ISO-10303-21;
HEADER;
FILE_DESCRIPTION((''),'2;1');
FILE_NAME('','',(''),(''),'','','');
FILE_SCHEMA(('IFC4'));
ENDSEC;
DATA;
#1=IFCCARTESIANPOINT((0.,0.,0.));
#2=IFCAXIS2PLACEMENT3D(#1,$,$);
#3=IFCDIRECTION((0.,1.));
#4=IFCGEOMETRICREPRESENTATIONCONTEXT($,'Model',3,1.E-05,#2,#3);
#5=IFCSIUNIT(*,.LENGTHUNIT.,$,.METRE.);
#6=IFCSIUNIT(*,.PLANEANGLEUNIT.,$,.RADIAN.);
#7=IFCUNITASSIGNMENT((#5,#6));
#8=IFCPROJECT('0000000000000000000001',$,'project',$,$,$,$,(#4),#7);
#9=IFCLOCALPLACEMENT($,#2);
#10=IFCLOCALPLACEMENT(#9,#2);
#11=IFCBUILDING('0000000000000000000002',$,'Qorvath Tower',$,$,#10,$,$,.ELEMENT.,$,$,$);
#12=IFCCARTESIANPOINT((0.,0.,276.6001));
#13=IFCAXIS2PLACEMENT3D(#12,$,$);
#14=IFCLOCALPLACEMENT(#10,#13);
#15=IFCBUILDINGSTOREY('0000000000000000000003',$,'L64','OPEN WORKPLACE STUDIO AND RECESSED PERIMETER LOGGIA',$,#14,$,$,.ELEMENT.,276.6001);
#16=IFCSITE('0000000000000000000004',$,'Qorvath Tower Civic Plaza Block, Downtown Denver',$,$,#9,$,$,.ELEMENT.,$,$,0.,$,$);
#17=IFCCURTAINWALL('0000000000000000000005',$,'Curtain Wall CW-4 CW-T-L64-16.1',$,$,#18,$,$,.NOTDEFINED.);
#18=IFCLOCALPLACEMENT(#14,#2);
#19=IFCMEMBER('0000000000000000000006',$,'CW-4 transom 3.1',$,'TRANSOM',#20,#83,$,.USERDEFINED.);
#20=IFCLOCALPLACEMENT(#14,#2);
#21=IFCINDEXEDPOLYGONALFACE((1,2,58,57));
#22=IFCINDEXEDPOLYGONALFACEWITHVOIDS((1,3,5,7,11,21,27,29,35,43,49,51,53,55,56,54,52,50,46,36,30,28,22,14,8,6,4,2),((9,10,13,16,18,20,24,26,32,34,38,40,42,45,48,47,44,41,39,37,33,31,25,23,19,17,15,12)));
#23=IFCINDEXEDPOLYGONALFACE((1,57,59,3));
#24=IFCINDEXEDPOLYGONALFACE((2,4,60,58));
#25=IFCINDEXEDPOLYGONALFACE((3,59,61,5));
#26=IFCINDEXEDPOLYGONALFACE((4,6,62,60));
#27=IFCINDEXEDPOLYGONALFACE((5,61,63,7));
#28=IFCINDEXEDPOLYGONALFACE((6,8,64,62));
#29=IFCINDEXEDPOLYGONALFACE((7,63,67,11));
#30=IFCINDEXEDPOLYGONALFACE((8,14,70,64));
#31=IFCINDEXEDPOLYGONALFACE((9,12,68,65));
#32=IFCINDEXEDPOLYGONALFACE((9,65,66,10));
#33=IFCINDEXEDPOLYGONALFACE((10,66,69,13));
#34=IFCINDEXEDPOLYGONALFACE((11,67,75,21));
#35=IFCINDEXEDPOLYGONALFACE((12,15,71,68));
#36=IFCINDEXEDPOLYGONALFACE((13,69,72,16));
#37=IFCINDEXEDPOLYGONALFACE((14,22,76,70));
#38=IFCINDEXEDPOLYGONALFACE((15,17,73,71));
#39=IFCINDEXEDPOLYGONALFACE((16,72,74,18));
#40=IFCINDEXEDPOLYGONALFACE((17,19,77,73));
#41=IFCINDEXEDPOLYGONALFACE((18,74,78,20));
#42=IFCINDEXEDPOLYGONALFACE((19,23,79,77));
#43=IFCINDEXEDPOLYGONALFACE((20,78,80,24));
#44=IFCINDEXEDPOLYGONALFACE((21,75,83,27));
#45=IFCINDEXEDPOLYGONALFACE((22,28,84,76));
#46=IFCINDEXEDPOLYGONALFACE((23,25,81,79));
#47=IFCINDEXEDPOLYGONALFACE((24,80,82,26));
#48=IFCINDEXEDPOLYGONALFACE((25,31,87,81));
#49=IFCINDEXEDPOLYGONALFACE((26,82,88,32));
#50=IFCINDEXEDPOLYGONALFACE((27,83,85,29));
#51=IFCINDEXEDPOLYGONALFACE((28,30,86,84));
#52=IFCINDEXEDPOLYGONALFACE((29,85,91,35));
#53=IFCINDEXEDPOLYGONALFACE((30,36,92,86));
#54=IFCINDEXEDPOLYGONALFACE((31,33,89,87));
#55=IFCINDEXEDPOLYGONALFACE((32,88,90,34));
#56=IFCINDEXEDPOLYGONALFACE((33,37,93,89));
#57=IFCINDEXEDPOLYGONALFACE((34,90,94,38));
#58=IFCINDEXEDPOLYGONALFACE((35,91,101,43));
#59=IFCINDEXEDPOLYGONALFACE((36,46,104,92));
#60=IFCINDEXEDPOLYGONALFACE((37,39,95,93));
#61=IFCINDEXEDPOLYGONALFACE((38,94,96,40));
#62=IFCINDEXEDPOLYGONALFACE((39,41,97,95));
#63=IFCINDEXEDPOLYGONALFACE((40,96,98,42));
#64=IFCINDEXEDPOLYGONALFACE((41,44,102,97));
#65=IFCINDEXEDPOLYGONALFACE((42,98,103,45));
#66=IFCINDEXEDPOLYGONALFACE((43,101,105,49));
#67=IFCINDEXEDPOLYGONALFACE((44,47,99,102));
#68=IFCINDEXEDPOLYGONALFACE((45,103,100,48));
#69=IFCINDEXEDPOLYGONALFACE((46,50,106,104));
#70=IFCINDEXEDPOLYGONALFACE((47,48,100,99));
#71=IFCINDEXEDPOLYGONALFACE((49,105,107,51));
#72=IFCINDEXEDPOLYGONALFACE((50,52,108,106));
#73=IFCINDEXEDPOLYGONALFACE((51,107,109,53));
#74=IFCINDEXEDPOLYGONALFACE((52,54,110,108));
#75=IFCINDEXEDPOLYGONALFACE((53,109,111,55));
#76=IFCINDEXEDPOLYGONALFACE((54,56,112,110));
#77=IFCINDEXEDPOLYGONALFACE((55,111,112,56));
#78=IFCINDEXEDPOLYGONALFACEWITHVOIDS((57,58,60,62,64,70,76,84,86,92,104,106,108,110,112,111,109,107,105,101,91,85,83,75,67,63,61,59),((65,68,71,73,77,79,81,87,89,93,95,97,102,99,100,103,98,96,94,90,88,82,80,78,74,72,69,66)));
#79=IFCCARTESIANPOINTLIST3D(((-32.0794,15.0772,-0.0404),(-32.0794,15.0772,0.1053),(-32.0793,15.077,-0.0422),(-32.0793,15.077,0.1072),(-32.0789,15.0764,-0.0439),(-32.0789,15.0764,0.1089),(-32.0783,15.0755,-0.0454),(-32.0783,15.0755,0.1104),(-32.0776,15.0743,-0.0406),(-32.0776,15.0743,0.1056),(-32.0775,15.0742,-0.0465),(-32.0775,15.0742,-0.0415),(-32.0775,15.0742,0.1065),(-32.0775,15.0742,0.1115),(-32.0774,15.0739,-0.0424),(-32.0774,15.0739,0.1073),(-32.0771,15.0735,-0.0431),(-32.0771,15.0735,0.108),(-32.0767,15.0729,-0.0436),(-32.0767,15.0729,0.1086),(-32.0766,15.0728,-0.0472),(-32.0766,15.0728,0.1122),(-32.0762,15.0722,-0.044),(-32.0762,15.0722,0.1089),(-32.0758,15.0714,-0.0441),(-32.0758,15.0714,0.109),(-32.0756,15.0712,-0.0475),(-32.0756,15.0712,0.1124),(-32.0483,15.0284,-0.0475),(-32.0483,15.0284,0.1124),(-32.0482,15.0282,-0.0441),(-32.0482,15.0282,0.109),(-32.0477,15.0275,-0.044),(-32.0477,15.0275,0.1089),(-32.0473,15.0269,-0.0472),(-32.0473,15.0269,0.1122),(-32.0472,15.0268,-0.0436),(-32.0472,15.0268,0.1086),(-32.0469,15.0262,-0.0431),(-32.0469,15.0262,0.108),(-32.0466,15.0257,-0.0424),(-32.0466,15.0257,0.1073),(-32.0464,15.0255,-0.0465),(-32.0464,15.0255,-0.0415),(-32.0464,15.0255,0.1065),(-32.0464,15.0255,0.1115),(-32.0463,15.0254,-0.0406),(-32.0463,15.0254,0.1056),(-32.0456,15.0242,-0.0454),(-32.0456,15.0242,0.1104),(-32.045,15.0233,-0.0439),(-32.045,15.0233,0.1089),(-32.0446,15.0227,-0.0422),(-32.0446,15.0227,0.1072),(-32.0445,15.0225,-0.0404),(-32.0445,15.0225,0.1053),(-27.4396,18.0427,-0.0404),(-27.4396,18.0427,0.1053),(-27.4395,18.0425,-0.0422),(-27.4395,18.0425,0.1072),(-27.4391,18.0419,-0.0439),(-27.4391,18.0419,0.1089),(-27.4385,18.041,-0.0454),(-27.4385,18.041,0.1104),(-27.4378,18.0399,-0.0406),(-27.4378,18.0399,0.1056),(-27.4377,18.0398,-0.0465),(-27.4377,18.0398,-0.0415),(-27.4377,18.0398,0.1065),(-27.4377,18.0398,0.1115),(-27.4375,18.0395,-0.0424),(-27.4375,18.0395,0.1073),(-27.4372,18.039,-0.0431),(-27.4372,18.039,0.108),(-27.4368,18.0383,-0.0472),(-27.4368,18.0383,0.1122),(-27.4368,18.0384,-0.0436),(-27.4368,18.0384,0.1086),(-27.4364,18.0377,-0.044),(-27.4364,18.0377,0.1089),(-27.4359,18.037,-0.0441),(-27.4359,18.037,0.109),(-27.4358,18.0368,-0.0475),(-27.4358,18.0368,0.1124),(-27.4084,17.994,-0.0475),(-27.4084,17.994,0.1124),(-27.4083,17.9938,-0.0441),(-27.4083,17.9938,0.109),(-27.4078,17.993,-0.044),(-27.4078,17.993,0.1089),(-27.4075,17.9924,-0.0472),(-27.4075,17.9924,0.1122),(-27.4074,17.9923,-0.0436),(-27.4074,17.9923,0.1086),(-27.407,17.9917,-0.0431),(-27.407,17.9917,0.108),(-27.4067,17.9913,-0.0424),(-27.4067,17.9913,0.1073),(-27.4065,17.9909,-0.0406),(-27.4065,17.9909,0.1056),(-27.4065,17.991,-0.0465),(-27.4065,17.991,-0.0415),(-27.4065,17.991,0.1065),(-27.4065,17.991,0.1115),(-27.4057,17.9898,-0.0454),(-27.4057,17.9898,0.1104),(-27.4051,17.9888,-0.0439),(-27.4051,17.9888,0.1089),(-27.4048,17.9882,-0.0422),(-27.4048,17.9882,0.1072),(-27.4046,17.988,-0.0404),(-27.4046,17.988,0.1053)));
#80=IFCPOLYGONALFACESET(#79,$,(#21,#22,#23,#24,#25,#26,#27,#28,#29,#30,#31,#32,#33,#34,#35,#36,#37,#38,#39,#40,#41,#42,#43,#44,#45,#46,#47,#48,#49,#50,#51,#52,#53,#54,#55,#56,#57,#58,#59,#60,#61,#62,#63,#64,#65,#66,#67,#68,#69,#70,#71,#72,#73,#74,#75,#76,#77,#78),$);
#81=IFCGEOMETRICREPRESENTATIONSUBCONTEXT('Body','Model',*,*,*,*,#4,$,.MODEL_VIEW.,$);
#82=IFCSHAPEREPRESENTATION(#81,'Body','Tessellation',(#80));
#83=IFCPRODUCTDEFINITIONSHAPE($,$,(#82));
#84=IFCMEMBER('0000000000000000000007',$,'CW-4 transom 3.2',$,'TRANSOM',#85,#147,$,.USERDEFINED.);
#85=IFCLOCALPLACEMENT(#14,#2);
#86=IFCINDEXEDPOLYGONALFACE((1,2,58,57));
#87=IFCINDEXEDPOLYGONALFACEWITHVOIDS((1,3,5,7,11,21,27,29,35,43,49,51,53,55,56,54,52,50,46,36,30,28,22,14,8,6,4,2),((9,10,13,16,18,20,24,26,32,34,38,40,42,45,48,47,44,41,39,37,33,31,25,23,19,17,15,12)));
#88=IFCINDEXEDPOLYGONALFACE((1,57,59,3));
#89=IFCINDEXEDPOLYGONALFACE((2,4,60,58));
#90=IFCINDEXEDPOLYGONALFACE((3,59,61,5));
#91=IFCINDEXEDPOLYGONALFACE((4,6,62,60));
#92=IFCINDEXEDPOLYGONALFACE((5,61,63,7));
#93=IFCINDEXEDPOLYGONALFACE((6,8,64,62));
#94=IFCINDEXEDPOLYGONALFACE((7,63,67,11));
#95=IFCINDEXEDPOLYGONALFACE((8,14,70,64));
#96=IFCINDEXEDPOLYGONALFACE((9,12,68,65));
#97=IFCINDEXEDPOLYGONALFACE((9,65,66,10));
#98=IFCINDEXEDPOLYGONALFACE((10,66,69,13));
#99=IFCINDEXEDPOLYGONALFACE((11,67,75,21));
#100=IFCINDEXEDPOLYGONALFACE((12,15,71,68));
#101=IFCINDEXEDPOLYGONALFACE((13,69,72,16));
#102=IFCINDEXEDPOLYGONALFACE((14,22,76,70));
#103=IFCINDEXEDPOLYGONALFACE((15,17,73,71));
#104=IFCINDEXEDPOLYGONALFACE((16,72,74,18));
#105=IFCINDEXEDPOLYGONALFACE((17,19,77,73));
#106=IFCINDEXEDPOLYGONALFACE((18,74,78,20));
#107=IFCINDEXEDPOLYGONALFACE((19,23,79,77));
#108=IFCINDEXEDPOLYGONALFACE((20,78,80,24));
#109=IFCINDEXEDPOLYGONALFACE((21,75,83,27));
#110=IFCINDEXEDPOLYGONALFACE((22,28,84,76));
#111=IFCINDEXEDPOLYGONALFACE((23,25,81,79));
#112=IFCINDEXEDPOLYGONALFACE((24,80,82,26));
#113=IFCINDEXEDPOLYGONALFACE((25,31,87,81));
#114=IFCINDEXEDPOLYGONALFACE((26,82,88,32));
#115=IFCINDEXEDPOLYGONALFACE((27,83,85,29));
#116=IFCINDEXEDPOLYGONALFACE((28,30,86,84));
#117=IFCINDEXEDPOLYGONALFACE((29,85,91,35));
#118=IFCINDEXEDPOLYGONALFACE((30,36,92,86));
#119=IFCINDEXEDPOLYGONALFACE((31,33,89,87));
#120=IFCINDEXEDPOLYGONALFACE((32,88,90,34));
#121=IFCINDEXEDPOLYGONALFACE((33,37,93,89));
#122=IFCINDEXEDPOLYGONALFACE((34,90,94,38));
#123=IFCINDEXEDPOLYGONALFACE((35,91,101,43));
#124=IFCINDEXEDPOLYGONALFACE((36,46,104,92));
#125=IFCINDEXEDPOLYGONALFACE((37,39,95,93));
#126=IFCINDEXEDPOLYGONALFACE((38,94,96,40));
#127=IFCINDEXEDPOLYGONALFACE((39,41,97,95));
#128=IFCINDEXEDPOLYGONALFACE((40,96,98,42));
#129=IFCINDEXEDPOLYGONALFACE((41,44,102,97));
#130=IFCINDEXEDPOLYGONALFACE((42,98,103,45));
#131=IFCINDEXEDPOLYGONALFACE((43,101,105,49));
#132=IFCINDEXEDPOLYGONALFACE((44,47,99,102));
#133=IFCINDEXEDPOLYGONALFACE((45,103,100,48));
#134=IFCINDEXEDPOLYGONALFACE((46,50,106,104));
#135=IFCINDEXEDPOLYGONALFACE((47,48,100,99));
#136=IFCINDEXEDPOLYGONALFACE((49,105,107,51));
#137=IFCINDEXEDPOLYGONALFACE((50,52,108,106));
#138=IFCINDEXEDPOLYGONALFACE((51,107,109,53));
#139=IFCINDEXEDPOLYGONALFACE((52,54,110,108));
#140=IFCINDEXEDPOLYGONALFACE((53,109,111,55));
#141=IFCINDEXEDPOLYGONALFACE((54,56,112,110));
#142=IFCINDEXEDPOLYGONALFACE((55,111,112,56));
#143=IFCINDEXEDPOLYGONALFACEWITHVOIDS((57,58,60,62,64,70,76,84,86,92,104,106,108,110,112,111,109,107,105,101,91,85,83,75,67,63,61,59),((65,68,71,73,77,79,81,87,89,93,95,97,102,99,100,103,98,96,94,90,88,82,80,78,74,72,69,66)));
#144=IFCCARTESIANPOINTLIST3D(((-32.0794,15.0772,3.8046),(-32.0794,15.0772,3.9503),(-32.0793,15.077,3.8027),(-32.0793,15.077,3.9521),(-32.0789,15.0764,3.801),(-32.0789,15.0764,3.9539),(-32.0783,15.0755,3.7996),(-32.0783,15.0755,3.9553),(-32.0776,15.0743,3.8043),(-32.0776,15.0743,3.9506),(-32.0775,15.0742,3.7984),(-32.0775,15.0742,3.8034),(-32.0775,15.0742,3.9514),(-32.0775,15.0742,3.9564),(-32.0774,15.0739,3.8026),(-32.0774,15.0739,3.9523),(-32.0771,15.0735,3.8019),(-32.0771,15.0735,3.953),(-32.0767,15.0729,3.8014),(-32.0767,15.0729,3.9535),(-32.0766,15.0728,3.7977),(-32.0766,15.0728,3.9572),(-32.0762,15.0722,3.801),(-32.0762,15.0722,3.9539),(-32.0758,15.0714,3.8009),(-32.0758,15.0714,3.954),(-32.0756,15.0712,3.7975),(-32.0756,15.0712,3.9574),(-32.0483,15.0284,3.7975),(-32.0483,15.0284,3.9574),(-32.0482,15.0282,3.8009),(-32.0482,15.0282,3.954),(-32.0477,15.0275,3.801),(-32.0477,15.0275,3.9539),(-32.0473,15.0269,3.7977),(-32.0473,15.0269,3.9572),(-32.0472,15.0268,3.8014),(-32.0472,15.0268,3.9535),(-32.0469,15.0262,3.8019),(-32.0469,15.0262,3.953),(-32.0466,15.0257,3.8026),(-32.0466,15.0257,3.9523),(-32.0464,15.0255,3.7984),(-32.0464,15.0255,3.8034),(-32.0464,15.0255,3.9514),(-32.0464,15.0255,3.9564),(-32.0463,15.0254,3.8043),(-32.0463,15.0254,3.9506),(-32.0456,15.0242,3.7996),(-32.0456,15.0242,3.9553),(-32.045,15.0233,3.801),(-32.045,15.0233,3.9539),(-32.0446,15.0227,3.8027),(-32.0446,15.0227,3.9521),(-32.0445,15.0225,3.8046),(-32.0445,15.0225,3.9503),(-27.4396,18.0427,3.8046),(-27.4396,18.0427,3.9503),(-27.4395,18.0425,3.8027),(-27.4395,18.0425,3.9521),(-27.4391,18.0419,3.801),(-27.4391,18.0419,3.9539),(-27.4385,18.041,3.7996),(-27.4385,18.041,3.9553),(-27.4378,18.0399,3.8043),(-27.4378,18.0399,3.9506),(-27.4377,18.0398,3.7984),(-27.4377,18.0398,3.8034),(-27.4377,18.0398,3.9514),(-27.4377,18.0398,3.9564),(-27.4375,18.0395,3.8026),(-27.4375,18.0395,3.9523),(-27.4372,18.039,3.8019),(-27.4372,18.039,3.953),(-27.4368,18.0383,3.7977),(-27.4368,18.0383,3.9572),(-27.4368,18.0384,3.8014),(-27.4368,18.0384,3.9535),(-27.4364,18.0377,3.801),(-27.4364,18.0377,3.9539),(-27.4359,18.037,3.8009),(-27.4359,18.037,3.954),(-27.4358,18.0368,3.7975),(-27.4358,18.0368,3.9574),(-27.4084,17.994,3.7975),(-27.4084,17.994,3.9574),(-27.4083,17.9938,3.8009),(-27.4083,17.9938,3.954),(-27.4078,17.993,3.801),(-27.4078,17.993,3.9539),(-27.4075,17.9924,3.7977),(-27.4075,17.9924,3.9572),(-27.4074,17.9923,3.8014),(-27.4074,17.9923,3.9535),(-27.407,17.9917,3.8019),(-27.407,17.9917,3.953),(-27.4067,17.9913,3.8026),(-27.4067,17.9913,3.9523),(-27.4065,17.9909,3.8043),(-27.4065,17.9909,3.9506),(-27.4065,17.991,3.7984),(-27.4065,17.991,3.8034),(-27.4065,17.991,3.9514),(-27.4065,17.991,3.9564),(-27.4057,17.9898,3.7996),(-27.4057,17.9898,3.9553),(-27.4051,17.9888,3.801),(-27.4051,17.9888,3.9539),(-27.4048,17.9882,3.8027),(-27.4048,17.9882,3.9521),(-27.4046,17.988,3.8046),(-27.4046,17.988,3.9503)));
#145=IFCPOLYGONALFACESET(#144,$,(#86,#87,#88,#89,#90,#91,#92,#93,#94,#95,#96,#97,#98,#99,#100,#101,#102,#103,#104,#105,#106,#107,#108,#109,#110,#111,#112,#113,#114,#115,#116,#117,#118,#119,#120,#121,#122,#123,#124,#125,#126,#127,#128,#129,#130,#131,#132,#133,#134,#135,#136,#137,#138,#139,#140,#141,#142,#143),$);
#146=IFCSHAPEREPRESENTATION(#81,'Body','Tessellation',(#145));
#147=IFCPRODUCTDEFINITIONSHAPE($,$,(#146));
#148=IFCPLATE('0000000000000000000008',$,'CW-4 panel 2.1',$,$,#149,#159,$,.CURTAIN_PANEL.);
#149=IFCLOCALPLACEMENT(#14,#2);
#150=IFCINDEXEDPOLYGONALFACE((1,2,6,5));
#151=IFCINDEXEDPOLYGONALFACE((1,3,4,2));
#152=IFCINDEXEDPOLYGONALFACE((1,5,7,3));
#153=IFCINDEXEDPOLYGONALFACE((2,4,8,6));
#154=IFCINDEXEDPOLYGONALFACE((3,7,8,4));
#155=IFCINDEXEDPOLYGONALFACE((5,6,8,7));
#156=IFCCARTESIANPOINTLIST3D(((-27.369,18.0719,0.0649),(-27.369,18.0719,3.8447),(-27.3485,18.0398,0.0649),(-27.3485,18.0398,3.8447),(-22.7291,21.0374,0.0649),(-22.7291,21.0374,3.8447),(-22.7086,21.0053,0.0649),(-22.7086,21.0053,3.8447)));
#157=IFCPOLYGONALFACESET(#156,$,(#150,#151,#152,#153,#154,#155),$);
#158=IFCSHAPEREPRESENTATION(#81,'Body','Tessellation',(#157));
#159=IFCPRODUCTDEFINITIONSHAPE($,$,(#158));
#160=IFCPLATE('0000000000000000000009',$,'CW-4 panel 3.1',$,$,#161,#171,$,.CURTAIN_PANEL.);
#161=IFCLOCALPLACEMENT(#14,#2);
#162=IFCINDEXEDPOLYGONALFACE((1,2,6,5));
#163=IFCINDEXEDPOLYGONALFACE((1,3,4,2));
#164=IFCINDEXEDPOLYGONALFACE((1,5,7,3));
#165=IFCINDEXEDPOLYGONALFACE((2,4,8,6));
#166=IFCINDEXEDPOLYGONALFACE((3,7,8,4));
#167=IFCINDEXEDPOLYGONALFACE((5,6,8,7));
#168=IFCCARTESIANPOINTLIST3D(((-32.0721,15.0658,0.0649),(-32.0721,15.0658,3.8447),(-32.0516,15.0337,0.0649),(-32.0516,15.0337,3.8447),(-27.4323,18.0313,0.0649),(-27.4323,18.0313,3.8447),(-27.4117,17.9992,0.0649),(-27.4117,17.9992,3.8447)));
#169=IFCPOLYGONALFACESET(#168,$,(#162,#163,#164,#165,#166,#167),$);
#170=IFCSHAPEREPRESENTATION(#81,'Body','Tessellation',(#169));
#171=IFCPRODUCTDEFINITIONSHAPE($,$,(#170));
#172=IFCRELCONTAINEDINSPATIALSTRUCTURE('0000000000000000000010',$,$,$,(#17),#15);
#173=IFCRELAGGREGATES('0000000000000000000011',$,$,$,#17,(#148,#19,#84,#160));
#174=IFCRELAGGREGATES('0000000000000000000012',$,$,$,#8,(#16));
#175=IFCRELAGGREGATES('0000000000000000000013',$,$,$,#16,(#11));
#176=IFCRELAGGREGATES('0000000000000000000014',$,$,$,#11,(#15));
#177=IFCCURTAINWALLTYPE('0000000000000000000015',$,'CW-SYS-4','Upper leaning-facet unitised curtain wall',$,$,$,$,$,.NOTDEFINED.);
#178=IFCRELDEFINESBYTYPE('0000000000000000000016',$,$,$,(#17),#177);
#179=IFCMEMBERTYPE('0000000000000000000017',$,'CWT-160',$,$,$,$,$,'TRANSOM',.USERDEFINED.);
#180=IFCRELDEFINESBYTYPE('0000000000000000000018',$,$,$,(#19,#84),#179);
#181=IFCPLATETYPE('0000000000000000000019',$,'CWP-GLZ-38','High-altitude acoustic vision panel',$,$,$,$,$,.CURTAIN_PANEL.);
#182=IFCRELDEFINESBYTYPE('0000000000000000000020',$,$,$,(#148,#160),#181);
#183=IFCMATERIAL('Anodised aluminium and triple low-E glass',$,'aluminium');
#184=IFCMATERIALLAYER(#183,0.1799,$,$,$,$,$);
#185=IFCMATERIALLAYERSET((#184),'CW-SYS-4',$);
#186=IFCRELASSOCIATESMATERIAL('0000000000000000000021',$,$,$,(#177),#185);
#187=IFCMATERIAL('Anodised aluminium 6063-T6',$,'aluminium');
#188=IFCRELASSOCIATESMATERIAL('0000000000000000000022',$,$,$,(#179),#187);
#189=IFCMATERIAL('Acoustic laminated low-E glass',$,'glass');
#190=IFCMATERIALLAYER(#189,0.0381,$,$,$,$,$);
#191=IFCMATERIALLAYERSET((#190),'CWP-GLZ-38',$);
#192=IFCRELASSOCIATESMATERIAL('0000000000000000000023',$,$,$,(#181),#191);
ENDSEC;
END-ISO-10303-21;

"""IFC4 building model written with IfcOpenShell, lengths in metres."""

from ifc_helpers import new_model, si_unit, direction, frame, origin, origin_2d, place, context, subcontext, project, spatial, rectangle, hollow_rectangle, extrude, material, layer, layer_set, material_profile, profile_set, type_object, element, aggregate, save


model = new_model("IFC4")

# Units and contexts
model_context = context("Model", 3, precision=1e-05, world=origin(), true_north=direction((0.0, 1.0)))
body_context = subcontext(model_context, "Body", "Model", "MODEL_VIEW")
ifc_project = project(units=[si_unit("LENGTHUNIT", "METRE"), si_unit("PLANEANGLEUNIT", "RADIAN")], contexts=[model_context])

# Site, building, storey
site_placement = place(None, origin())
site = spatial("IfcSite", under=ifc_project, at=site_placement, Name="Qorvath Tower Civic Plaza Block, Downtown Denver", CompositionType="ELEMENT", RefElevation=0.0)
building_placement = place(site_placement, origin())
building = spatial("IfcBuilding", under=site, at=building_placement, Name="Qorvath Tower", CompositionType="ELEMENT")
storey_placement = place(building_placement, frame((0.0, 0.0, 276.6001)))
storey = spatial("IfcBuildingStorey", under=building, at=storey_placement, Name="L64", Description="OPEN WORKPLACE STUDIO AND RECESSED PERIMETER LOGGIA", CompositionType="ELEMENT", Elevation=276.6001)

# Curtain wall, members, plates
ifc_material_1 = material(Name="Anodised aluminium and triple low-E glass", Category="aluminium")
ifc_layer_1 = layer(ifc_material_1, 0.1799)
ifc_layer_set_1 = layer_set([ifc_layer_1], Name="CW-SYS-4")
curtain_wall_type = type_object("IfcCurtainWallType", Name="CW-SYS-4", Description="Upper leaning-facet unitised curtain wall", PredefinedType="NOTDEFINED", material=ifc_layer_set_1)
curtain_wall_placement = place(storey_placement, origin())
curtain_wall = element("IfcCurtainWall", 1, at=curtain_wall_placement, inside=storey, type_object=curtain_wall_type, Name="Curtain Wall CW-4 CW-T-L64-16.1", PredefinedType="NOTDEFINED")
ifc_material_2 = material(Name="Anodised aluminium 6063-T6", Category="aluminium")
ifc_material_profile_1 = material_profile(ifc_material_2, hollow_rectangle(XDim=0.0649, YDim=0.1599, WallThickness=0.0034, InnerFilletRadius=0.0034, OuterFilletRadius=0.0071, at=origin_2d()), Name="CWT 160x65")
ifc_profile_set_1 = profile_set([ifc_material_profile_1], Name="Anodised aluminium 6063-T6")
member_type_1 = type_object("IfcMemberType", Name="CWT-160", ElementType="TRANSOM", PredefinedType="USERDEFINED", material=ifc_profile_set_1)
member_1_placement = place(storey_placement, frame((-27.4221, 18.0154, 0.0325), z_axis=(-0.842597, -0.538544, 0.0), x_axis=(0.538544, -0.842597, 0.0)))
member_1 = element("IfcMember", 2, at=member_1_placement, type_object=member_type_1, Name="CW-4 transom 3.1", ObjectType="TRANSOM", PredefinedType="USERDEFINED", context=body_context, shape_type="SweptSolid", body=[
    extrude(hollow_rectangle(XDim=0.0649, YDim=0.1599, WallThickness=0.0034, InnerFilletRadius=0.0034, OuterFilletRadius=0.0071, at=origin_2d()), origin(), (0.0, 0.0, 1.0), 5.5066),
])
member_2_placement = place(storey_placement, frame((-27.4221, 18.0154, 3.8774), z_axis=(-0.842597, -0.538544, 0.0), x_axis=(0.538544, -0.842597, 0.0)))
member_2 = element("IfcMember", 3, at=member_2_placement, type_object=member_type_1, Name="CW-4 transom 3.2", ObjectType="TRANSOM", PredefinedType="USERDEFINED", context=body_context, shape_type="SweptSolid", body=[
    extrude(hollow_rectangle(XDim=0.0649, YDim=0.1599, WallThickness=0.0034, InnerFilletRadius=0.0034, OuterFilletRadius=0.0071, at=origin_2d()), origin(), (0.0, 0.0, 1.0), 5.5066),
])
ifc_material_3 = material(Name="Acoustic laminated low-E glass", Category="glass")
ifc_layer_2 = layer(ifc_material_3, 0.0381)
ifc_layer_set_2 = layer_set([ifc_layer_2], Name="CWP-GLZ-38")
plate_type = type_object("IfcPlateType", Name="CWP-GLZ-38", Description="High-altitude acoustic vision panel", PredefinedType="CURTAIN_PANEL", material=ifc_layer_set_2)
plate_1_placement = place(storey_placement, frame((-25.0388, 19.5386, 0.0649), z_axis=(0.0, 0.0, 1.0), x_axis=(-0.842604, -0.538534, 0.0)))
plate_1 = element("IfcPlate", 4, at=plate_1_placement, type_object=plate_type, Name="CW-4 panel 2.1", PredefinedType="CURTAIN_PANEL", context=body_context, shape_type="SweptSolid", body=[
    extrude(rectangle(XDim=5.5066, YDim=0.0381, at=origin_2d()), origin(), (0.0, 0.0, 1.0), 3.7798),
])
plate_2_placement = place(storey_placement, frame((-29.7419, 16.5325, 0.0649), z_axis=(0.0, 0.0, 1.0), x_axis=(-0.842604, -0.538534, 0.0)))
plate_2 = element("IfcPlate", 5, at=plate_2_placement, type_object=plate_type, Name="CW-4 panel 3.1", PredefinedType="CURTAIN_PANEL", context=body_context, shape_type="SweptSolid", body=[
    extrude(rectangle(XDim=5.5066, YDim=0.0381, at=origin_2d()), origin(), (0.0, 0.0, 1.0), 3.7798),
])
aggregate(curtain_wall, [plate_1, member_1, member_2, plate_2])

save(model, "model.ifc")
